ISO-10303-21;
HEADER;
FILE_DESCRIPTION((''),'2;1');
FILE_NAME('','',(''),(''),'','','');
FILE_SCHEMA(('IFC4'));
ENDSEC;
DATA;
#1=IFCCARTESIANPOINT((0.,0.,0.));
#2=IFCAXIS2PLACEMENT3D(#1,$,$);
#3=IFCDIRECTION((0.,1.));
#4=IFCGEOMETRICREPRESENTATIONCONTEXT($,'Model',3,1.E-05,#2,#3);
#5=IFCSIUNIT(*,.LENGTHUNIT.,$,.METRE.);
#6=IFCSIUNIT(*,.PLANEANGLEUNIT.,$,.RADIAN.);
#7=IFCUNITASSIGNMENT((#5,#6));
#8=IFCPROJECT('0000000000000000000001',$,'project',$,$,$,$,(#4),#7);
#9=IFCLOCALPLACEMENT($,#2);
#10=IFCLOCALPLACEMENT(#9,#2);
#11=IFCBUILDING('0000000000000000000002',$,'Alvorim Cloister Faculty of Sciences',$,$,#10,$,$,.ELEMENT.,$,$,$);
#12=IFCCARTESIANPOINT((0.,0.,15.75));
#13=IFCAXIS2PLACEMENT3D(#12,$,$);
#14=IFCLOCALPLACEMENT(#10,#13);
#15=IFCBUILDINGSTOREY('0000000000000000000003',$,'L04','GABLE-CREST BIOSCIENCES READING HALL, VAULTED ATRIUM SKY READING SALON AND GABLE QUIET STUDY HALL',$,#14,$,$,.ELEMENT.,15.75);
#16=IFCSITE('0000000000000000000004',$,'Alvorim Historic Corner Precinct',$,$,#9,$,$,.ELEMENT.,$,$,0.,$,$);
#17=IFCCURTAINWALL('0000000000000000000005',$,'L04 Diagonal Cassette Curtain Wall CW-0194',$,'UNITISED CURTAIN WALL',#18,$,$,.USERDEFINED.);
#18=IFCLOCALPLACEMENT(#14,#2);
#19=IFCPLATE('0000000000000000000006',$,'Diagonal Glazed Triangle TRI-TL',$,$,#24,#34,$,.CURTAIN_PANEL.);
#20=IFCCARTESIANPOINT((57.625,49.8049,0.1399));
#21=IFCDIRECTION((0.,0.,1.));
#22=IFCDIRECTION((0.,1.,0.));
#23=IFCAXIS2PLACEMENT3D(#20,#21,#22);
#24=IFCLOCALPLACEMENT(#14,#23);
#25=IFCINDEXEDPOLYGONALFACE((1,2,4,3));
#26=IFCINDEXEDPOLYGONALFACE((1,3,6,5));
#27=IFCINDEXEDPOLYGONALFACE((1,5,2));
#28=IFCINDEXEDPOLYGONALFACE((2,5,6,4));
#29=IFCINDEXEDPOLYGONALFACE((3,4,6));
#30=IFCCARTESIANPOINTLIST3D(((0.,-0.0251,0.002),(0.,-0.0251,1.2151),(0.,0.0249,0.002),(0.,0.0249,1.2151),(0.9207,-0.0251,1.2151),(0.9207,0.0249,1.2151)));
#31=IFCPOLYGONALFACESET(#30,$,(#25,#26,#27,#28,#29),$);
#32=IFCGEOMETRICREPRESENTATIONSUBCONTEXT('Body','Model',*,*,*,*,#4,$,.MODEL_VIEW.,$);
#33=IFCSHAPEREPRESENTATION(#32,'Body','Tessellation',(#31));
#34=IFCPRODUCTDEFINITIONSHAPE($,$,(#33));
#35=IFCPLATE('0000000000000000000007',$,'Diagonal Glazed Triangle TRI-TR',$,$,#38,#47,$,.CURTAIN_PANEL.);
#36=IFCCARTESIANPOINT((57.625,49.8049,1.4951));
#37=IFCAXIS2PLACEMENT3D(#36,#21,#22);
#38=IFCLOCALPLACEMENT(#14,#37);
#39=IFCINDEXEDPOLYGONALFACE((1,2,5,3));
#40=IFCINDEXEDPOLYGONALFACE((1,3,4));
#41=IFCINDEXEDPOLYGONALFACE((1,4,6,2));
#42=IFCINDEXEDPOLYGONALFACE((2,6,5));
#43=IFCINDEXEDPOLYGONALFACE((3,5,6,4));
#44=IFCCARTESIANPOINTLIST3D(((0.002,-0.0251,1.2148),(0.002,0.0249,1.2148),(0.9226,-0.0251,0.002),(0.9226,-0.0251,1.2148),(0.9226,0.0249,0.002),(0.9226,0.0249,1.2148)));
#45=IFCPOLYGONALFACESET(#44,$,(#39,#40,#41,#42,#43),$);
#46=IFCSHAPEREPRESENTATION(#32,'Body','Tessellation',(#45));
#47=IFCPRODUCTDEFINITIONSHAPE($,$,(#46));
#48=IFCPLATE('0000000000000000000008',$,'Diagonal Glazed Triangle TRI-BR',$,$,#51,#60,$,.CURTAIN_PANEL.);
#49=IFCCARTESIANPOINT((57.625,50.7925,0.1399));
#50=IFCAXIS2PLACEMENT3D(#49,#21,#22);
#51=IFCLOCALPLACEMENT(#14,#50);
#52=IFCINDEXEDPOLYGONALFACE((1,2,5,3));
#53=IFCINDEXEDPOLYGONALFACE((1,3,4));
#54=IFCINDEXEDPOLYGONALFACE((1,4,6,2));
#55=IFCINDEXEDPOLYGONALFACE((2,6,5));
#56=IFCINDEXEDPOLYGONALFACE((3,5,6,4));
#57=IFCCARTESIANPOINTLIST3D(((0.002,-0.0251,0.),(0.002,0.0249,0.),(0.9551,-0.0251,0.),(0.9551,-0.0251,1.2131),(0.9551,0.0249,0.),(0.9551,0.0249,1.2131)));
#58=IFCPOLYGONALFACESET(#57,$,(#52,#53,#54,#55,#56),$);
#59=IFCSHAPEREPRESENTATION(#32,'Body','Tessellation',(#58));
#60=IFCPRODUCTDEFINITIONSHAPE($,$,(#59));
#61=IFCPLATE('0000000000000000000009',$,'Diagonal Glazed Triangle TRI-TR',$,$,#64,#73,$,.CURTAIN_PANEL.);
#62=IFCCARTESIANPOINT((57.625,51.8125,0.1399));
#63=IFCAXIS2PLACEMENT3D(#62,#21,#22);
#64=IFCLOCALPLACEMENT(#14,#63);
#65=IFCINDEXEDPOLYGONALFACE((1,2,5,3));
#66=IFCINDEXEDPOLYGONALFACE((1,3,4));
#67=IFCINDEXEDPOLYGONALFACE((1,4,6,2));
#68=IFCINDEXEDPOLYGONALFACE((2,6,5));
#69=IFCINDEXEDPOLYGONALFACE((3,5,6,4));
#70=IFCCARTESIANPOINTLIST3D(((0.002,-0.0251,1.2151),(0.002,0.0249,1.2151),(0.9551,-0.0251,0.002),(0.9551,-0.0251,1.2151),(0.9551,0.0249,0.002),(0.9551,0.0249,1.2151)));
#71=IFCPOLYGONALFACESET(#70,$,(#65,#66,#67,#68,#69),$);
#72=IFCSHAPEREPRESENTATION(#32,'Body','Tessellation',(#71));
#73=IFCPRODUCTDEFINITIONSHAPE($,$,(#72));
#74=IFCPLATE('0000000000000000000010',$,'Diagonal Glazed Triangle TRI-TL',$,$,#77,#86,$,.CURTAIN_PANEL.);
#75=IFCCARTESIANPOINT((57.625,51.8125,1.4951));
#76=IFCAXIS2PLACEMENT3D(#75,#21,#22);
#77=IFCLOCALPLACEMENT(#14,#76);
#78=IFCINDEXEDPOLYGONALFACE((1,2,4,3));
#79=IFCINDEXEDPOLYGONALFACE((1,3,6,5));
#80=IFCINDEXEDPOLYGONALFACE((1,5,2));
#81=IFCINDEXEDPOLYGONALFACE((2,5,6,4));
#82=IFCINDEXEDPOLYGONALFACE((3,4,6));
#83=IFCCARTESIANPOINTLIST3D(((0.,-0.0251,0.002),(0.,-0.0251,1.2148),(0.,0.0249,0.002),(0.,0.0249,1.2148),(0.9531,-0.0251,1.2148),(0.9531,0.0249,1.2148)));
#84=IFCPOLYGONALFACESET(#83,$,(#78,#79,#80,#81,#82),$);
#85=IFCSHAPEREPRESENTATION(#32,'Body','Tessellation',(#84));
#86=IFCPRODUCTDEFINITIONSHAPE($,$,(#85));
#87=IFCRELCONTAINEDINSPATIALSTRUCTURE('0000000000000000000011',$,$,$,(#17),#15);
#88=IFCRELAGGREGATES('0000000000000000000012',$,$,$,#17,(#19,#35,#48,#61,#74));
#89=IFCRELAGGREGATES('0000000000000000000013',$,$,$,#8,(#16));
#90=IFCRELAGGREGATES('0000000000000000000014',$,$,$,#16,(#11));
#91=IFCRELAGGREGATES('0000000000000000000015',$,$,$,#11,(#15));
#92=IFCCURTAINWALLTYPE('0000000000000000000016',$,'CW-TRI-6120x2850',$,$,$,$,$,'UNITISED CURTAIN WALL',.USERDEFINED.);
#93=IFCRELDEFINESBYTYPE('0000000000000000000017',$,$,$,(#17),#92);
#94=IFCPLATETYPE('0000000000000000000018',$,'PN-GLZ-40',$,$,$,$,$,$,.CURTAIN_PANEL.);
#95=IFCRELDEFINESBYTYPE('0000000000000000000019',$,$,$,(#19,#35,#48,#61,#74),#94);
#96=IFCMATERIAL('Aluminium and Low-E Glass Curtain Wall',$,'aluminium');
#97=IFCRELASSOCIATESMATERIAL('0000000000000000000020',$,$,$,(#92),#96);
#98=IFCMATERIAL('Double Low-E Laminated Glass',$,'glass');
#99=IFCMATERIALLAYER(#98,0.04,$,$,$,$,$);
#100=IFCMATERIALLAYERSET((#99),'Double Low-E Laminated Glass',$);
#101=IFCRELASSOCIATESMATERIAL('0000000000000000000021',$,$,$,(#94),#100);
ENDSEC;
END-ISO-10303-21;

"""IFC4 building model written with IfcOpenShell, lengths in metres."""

from ifc_helpers import new_model, si_unit, direction, frame, origin, place, context, subcontext, project, spatial, polyline, outline, extrude, material, layer, layer_set, type_object, element, aggregate, save


model = new_model("IFC4")

# Units and contexts
model_context = context("Model", 3, precision=1e-05, world=origin(), true_north=direction((0.0, 1.0)))
body_context = subcontext(model_context, "Body", "Model", "MODEL_VIEW")
ifc_project = project(units=[si_unit("LENGTHUNIT", "METRE"), si_unit("PLANEANGLEUNIT", "RADIAN")], contexts=[model_context])

# Site, building, storey
site_placement = place(None, origin())
site = spatial("IfcSite", under=ifc_project, at=site_placement, Name="Alvorim Historic Corner Precinct", CompositionType="ELEMENT", RefElevation=0.0)
building_placement = place(site_placement, origin())
building = spatial("IfcBuilding", under=site, at=building_placement, Name="Alvorim Cloister Faculty of Sciences", CompositionType="ELEMENT")
storey_placement = place(building_placement, frame((0.0, 0.0, 15.75)))
storey = spatial("IfcBuildingStorey", under=building, at=storey_placement, Name="L04", Description="GABLE-CREST BIOSCIENCES READING HALL, VAULTED ATRIUM SKY READING SALON AND GABLE QUIET STUDY HALL", CompositionType="ELEMENT", Elevation=15.75)

# Curtain wall, plates
ifc_material_1 = material(Name="Aluminium and Low-E Glass Curtain Wall", Category="aluminium")
curtain_wall_type = type_object("IfcCurtainWallType", Name="CW-TRI-6120x2850", ElementType="UNITISED CURTAIN WALL", PredefinedType="USERDEFINED", material=ifc_material_1)
curtain_wall_placement = place(storey_placement, origin())
curtain_wall = element("IfcCurtainWall", 1, at=curtain_wall_placement, inside=storey, type_object=curtain_wall_type, Name="L04 Diagonal Cassette Curtain Wall CW-0194", ObjectType="UNITISED CURTAIN WALL", PredefinedType="USERDEFINED")
ifc_material_2 = material(Name="Double Low-E Laminated Glass", Category="glass")
ifc_layer = layer(ifc_material_2, 0.04)
ifc_layer_set = layer_set([ifc_layer], Name="Double Low-E Laminated Glass")
plate_type = type_object("IfcPlateType", Name="PN-GLZ-40", PredefinedType="CURTAIN_PANEL", material=ifc_layer_set)
plate_1_placement = place(storey_placement, frame((57.625, 49.8049, 0.1399), z_axis=(0.0, 0.0, 1.0), x_axis=(0.0, 1.0, 0.0)))
plate_1 = element("IfcPlate", 2, at=plate_1_placement, type_object=plate_type, Name="Diagonal Glazed Triangle TRI-TL", PredefinedType="CURTAIN_PANEL", context=body_context, shape_type="SweptSolid", body=[
    extrude(outline(polyline([(0.9207, 1.2151), (0.0, 1.2151), (0.0, 0.002), (0.9207, 1.2151)])), frame((0.0, 0.0249, 0.0), z_axis=(0.0, -1.0, 0.0), x_axis=(1.0, 0.0, 0.0)), (0.0, 0.0, 1.0), 0.05),
])
plate_2_placement = place(storey_placement, frame((57.625, 49.8049, 1.4951), z_axis=(0.0, 0.0, 1.0), x_axis=(0.0, 1.0, 0.0)))
plate_2 = element("IfcPlate", 3, at=plate_2_placement, type_object=plate_type, Name="Diagonal Glazed Triangle TRI-TR", PredefinedType="CURTAIN_PANEL", context=body_context, shape_type="SweptSolid", body=[
    extrude(outline(polyline([(0.9226, 0.002), (0.9226, 1.2148), (0.002, 1.2148), (0.9226, 0.002)])), frame((0.0, 0.0249, 0.0), z_axis=(0.0, -1.0, 0.0), x_axis=(1.0, 0.0, 0.0)), (0.0, 0.0, 1.0), 0.05),
])
plate_3_placement = place(storey_placement, frame((57.625, 50.7925, 0.1399), z_axis=(0.0, 0.0, 1.0), x_axis=(0.0, 1.0, 0.0)))
plate_3 = element("IfcPlate", 4, at=plate_3_placement, type_object=plate_type, Name="Diagonal Glazed Triangle TRI-BR", PredefinedType="CURTAIN_PANEL", context=body_context, shape_type="SweptSolid", body=[
    extrude(outline(polyline([(0.002, 0.0), (0.9551, 0.0), (0.9551, 1.2131), (0.002, 0.0)])), frame((0.0, 0.0249, 0.0), z_axis=(0.0, -1.0, 0.0), x_axis=(1.0, 0.0, 0.0)), (0.0, 0.0, 1.0), 0.05),
])
plate_4_placement = place(storey_placement, frame((57.625, 51.8125, 0.1399), z_axis=(0.0, 0.0, 1.0), x_axis=(0.0, 1.0, 0.0)))
plate_4 = element("IfcPlate", 5, at=plate_4_placement, type_object=plate_type, Name="Diagonal Glazed Triangle TRI-TR", PredefinedType="CURTAIN_PANEL", context=body_context, shape_type="SweptSolid", body=[
    extrude(outline(polyline([(0.9551, 0.002), (0.9551, 1.2151), (0.002, 1.2151), (0.9551, 0.002)])), frame((0.0, 0.0249, 0.0), z_axis=(0.0, -1.0, 0.0), x_axis=(1.0, 0.0, 0.0)), (0.0, 0.0, 1.0), 0.05),
])
plate_5_placement = place(storey_placement, frame((57.625, 51.8125, 1.4951), z_axis=(0.0, 0.0, 1.0), x_axis=(0.0, 1.0, 0.0)))
plate_5 = element("IfcPlate", 6, at=plate_5_placement, type_object=plate_type, Name="Diagonal Glazed Triangle TRI-TL", PredefinedType="CURTAIN_PANEL", context=body_context, shape_type="SweptSolid", body=[
    extrude(outline(polyline([(0.9531, 1.2148), (0.0, 1.2148), (0.0, 0.002), (0.9531, 1.2148)])), frame((0.0, 0.0249, 0.0), z_axis=(0.0, -1.0, 0.0), x_axis=(1.0, 0.0, 0.0)), (0.0, 0.0, 1.0), 0.05),
])
aggregate(curtain_wall, [plate_1, plate_2, plate_3, plate_4, plate_5])

save(model, "model.ifc")
